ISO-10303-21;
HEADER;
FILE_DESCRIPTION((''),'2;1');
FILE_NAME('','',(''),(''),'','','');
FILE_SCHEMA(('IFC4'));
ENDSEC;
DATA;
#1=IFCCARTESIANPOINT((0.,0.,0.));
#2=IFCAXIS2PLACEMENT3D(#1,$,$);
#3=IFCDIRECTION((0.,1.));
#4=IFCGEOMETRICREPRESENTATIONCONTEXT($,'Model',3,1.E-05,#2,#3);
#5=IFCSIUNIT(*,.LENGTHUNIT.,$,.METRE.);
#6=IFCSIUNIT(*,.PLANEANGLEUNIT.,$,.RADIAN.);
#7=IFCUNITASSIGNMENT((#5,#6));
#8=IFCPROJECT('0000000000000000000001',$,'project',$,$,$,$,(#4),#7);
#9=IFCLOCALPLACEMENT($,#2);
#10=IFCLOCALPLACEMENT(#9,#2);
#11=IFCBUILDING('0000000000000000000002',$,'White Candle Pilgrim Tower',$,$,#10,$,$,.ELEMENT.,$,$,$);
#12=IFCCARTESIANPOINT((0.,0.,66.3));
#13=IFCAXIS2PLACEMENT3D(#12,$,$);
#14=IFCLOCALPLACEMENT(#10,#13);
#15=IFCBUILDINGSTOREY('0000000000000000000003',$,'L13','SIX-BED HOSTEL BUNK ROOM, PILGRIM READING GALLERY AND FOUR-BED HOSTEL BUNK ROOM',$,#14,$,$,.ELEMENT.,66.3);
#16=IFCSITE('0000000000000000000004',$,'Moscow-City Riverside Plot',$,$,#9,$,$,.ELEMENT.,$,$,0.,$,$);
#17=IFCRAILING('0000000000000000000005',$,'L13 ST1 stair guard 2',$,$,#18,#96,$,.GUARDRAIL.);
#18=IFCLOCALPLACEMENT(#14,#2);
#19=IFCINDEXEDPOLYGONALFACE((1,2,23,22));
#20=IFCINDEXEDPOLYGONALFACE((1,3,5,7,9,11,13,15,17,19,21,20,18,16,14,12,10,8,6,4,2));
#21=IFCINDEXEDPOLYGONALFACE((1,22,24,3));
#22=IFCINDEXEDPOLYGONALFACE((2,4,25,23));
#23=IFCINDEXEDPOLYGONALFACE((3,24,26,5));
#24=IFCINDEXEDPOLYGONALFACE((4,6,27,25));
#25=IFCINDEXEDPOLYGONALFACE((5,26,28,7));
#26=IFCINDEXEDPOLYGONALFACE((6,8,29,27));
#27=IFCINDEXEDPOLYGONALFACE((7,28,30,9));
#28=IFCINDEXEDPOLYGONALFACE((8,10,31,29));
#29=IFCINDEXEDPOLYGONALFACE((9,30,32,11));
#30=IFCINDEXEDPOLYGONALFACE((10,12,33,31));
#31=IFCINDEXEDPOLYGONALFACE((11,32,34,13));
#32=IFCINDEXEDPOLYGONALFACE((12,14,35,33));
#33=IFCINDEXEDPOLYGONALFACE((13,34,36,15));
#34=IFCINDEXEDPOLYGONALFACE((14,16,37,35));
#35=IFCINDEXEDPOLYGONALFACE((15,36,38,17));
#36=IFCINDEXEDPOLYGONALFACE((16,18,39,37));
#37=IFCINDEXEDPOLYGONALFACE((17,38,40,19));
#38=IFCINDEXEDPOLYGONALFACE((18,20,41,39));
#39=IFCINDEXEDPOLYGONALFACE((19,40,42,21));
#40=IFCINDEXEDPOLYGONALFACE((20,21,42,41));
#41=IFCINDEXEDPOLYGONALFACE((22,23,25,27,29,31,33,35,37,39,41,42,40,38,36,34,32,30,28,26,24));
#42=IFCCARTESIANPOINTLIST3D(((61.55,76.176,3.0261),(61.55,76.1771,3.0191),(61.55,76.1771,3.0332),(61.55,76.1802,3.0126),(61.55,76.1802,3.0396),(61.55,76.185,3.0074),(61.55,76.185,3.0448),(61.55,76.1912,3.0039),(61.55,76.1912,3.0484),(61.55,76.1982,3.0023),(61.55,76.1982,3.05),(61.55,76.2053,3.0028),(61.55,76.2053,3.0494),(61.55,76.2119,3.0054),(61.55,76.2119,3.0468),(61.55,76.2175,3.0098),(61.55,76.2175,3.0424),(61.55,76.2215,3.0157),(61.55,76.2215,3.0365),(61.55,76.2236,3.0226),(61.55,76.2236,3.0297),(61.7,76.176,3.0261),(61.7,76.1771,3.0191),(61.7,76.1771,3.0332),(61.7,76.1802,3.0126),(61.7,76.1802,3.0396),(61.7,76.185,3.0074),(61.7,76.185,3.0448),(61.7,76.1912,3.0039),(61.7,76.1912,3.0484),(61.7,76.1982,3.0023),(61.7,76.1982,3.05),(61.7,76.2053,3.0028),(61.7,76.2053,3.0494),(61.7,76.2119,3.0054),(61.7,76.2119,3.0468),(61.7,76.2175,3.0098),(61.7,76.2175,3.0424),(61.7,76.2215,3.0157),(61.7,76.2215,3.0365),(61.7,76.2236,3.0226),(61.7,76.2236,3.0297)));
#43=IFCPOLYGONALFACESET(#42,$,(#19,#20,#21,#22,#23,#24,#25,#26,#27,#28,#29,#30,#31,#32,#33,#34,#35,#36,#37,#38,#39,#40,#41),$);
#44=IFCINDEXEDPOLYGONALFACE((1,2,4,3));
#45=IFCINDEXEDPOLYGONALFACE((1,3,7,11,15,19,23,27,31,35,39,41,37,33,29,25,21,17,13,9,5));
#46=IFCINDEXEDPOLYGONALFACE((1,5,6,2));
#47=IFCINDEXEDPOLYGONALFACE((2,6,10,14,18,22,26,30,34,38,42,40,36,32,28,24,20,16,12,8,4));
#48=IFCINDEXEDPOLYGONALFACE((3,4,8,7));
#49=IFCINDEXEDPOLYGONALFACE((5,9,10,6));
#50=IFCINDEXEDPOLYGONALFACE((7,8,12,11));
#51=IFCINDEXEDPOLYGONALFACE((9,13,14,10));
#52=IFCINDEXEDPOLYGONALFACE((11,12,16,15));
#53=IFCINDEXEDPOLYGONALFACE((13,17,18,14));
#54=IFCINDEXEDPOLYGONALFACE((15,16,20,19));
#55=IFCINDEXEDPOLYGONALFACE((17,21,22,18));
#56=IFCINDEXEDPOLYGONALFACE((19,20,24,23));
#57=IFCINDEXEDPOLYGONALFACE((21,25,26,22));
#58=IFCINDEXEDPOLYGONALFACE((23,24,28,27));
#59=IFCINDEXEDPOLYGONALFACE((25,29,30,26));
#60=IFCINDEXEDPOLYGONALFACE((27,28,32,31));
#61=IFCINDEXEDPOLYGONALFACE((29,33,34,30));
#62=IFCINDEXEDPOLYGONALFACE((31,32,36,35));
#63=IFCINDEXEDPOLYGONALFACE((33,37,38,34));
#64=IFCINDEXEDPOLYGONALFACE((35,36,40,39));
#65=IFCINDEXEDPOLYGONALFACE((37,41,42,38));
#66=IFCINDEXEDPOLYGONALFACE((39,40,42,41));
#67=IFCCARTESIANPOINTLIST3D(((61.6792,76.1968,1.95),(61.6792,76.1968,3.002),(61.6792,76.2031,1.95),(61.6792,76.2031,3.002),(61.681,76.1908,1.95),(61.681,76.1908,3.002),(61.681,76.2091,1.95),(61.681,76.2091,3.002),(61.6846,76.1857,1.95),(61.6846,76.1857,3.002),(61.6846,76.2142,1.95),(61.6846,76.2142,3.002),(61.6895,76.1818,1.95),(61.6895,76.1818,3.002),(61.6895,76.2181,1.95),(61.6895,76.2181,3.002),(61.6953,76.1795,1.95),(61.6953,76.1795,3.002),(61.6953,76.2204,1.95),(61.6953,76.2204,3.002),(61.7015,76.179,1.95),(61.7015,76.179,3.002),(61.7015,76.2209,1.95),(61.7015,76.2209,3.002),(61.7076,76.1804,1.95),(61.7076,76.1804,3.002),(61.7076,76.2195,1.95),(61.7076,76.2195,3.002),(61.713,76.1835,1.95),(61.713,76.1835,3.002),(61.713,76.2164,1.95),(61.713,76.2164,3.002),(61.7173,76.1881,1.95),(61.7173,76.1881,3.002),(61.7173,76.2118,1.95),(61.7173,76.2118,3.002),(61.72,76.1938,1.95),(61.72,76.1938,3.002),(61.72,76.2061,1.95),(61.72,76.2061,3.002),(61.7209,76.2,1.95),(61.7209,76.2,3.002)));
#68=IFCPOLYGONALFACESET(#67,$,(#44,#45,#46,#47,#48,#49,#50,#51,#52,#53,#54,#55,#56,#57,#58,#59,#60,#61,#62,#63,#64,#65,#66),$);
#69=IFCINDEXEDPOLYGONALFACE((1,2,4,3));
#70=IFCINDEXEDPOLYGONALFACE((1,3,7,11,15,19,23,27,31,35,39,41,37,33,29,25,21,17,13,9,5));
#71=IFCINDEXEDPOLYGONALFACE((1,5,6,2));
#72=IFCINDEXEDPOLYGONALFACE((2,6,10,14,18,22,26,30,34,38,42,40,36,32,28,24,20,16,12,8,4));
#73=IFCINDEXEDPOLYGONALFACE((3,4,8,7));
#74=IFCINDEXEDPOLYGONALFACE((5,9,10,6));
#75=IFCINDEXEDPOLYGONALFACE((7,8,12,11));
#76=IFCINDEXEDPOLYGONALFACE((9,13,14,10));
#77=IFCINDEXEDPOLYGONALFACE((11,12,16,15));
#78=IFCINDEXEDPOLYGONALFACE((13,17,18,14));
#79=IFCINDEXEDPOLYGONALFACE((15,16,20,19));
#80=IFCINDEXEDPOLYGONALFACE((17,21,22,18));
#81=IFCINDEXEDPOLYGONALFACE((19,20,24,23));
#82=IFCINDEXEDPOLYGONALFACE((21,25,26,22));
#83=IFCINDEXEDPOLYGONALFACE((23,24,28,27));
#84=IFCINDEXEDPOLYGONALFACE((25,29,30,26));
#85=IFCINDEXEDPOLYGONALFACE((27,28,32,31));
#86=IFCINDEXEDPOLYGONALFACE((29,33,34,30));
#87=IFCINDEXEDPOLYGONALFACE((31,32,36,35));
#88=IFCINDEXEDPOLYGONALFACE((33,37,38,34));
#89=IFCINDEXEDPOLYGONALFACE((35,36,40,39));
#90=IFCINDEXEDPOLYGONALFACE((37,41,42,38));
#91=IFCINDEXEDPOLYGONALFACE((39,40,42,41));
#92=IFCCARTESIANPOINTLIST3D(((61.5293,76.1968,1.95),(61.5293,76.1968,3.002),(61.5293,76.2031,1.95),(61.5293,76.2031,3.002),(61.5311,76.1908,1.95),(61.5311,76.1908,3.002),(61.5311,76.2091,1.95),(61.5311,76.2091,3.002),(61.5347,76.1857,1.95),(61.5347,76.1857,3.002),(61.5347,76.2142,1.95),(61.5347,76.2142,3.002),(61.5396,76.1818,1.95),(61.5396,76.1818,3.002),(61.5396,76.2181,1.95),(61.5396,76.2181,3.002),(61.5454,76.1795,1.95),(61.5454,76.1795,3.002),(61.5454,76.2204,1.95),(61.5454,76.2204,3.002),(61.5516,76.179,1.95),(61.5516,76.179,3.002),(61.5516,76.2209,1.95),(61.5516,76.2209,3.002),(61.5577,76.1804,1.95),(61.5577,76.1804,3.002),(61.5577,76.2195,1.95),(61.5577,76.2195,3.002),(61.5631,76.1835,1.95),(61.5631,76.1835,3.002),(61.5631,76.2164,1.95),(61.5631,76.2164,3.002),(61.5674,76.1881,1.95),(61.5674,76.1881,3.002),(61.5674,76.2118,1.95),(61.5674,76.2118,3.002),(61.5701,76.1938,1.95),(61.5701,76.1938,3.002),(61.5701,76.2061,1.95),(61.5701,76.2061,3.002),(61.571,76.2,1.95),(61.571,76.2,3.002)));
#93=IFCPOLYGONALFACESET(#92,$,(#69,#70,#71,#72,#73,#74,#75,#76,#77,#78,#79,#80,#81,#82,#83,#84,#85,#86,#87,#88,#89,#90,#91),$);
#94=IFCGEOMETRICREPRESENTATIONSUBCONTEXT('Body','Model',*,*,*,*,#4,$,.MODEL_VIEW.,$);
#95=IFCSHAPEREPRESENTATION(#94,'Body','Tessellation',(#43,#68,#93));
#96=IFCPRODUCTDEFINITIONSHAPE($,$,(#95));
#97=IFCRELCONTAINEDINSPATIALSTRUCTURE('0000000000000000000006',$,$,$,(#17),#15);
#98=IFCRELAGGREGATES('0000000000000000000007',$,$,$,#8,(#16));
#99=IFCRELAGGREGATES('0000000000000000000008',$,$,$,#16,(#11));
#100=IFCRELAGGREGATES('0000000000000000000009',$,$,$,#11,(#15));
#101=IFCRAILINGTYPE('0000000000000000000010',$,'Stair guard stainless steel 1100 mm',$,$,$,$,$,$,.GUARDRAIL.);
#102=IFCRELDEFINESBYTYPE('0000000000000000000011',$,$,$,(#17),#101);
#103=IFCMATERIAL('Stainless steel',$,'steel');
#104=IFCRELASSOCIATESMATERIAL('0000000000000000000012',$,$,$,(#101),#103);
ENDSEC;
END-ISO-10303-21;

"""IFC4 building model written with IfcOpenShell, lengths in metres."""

from ifc_helpers import new_model, si_unit, direction, frame, origin, origin_2d, place, context, subcontext, project, spatial, circle, extrude, material, type_object, element, save


model = new_model("IFC4")

# Units and contexts
model_context = context("Model", 3, precision=1e-05, world=origin(), true_north=direction((0.0, 1.0)))
body_context = subcontext(model_context, "Body", "Model", "MODEL_VIEW")
ifc_project = project(units=[si_unit("LENGTHUNIT", "METRE"), si_unit("PLANEANGLEUNIT", "RADIAN")], contexts=[model_context])

# Site, building, storey
site_placement = place(None, origin())
site = spatial("IfcSite", under=ifc_project, at=site_placement, Name="Moscow-City Riverside Plot", CompositionType="ELEMENT", RefElevation=0.0)
building_placement = place(site_placement, origin())
building = spatial("IfcBuilding", under=site, at=building_placement, Name="White Candle Pilgrim Tower", CompositionType="ELEMENT")
storey_placement = place(building_placement, frame((0.0, 0.0, 66.3)))
storey = spatial("IfcBuildingStorey", under=building, at=storey_placement, Name="L13", Description="SIX-BED HOSTEL BUNK ROOM, PILGRIM READING GALLERY AND FOUR-BED HOSTEL BUNK ROOM", CompositionType="ELEMENT", Elevation=66.3)

# Railing
ifc_material_1 = material(Name="Stainless steel", Category="steel")
railing_type_1 = type_object("IfcRailingType", Name="Stair guard stainless steel 1100 mm", PredefinedType="GUARDRAIL", material=ifc_material_1)
railing_1_placement = place(storey_placement, frame((61.7, 76.2, 1.95)))
element("IfcRailing", 1, at=railing_1_placement, inside=storey, type_object=railing_type_1, Name="L13 ST1 stair guard 2", PredefinedType="GUARDRAIL", context=body_context, shape_type="SweptSolid", body=[
    extrude(circle(Radius=0.0239, at=origin_2d()), frame((0.0, 0.0, 1.0762), z_axis=(-1.0, 0.0, 0.0), x_axis=(0.0, -1.0, 0.0)), (0.0, 0.0, 1.0), 0.1499),
    extrude(circle(Radius=0.021, at=origin_2d()), origin(), (0.0, 0.0, 1.0), 1.052),
    extrude(circle(Radius=0.021, at=origin_2d()), frame((-0.1499, 0.0, 0.0)), (0.0, 0.0, 1.0), 1.052),
])

save(model, "model.ifc")
